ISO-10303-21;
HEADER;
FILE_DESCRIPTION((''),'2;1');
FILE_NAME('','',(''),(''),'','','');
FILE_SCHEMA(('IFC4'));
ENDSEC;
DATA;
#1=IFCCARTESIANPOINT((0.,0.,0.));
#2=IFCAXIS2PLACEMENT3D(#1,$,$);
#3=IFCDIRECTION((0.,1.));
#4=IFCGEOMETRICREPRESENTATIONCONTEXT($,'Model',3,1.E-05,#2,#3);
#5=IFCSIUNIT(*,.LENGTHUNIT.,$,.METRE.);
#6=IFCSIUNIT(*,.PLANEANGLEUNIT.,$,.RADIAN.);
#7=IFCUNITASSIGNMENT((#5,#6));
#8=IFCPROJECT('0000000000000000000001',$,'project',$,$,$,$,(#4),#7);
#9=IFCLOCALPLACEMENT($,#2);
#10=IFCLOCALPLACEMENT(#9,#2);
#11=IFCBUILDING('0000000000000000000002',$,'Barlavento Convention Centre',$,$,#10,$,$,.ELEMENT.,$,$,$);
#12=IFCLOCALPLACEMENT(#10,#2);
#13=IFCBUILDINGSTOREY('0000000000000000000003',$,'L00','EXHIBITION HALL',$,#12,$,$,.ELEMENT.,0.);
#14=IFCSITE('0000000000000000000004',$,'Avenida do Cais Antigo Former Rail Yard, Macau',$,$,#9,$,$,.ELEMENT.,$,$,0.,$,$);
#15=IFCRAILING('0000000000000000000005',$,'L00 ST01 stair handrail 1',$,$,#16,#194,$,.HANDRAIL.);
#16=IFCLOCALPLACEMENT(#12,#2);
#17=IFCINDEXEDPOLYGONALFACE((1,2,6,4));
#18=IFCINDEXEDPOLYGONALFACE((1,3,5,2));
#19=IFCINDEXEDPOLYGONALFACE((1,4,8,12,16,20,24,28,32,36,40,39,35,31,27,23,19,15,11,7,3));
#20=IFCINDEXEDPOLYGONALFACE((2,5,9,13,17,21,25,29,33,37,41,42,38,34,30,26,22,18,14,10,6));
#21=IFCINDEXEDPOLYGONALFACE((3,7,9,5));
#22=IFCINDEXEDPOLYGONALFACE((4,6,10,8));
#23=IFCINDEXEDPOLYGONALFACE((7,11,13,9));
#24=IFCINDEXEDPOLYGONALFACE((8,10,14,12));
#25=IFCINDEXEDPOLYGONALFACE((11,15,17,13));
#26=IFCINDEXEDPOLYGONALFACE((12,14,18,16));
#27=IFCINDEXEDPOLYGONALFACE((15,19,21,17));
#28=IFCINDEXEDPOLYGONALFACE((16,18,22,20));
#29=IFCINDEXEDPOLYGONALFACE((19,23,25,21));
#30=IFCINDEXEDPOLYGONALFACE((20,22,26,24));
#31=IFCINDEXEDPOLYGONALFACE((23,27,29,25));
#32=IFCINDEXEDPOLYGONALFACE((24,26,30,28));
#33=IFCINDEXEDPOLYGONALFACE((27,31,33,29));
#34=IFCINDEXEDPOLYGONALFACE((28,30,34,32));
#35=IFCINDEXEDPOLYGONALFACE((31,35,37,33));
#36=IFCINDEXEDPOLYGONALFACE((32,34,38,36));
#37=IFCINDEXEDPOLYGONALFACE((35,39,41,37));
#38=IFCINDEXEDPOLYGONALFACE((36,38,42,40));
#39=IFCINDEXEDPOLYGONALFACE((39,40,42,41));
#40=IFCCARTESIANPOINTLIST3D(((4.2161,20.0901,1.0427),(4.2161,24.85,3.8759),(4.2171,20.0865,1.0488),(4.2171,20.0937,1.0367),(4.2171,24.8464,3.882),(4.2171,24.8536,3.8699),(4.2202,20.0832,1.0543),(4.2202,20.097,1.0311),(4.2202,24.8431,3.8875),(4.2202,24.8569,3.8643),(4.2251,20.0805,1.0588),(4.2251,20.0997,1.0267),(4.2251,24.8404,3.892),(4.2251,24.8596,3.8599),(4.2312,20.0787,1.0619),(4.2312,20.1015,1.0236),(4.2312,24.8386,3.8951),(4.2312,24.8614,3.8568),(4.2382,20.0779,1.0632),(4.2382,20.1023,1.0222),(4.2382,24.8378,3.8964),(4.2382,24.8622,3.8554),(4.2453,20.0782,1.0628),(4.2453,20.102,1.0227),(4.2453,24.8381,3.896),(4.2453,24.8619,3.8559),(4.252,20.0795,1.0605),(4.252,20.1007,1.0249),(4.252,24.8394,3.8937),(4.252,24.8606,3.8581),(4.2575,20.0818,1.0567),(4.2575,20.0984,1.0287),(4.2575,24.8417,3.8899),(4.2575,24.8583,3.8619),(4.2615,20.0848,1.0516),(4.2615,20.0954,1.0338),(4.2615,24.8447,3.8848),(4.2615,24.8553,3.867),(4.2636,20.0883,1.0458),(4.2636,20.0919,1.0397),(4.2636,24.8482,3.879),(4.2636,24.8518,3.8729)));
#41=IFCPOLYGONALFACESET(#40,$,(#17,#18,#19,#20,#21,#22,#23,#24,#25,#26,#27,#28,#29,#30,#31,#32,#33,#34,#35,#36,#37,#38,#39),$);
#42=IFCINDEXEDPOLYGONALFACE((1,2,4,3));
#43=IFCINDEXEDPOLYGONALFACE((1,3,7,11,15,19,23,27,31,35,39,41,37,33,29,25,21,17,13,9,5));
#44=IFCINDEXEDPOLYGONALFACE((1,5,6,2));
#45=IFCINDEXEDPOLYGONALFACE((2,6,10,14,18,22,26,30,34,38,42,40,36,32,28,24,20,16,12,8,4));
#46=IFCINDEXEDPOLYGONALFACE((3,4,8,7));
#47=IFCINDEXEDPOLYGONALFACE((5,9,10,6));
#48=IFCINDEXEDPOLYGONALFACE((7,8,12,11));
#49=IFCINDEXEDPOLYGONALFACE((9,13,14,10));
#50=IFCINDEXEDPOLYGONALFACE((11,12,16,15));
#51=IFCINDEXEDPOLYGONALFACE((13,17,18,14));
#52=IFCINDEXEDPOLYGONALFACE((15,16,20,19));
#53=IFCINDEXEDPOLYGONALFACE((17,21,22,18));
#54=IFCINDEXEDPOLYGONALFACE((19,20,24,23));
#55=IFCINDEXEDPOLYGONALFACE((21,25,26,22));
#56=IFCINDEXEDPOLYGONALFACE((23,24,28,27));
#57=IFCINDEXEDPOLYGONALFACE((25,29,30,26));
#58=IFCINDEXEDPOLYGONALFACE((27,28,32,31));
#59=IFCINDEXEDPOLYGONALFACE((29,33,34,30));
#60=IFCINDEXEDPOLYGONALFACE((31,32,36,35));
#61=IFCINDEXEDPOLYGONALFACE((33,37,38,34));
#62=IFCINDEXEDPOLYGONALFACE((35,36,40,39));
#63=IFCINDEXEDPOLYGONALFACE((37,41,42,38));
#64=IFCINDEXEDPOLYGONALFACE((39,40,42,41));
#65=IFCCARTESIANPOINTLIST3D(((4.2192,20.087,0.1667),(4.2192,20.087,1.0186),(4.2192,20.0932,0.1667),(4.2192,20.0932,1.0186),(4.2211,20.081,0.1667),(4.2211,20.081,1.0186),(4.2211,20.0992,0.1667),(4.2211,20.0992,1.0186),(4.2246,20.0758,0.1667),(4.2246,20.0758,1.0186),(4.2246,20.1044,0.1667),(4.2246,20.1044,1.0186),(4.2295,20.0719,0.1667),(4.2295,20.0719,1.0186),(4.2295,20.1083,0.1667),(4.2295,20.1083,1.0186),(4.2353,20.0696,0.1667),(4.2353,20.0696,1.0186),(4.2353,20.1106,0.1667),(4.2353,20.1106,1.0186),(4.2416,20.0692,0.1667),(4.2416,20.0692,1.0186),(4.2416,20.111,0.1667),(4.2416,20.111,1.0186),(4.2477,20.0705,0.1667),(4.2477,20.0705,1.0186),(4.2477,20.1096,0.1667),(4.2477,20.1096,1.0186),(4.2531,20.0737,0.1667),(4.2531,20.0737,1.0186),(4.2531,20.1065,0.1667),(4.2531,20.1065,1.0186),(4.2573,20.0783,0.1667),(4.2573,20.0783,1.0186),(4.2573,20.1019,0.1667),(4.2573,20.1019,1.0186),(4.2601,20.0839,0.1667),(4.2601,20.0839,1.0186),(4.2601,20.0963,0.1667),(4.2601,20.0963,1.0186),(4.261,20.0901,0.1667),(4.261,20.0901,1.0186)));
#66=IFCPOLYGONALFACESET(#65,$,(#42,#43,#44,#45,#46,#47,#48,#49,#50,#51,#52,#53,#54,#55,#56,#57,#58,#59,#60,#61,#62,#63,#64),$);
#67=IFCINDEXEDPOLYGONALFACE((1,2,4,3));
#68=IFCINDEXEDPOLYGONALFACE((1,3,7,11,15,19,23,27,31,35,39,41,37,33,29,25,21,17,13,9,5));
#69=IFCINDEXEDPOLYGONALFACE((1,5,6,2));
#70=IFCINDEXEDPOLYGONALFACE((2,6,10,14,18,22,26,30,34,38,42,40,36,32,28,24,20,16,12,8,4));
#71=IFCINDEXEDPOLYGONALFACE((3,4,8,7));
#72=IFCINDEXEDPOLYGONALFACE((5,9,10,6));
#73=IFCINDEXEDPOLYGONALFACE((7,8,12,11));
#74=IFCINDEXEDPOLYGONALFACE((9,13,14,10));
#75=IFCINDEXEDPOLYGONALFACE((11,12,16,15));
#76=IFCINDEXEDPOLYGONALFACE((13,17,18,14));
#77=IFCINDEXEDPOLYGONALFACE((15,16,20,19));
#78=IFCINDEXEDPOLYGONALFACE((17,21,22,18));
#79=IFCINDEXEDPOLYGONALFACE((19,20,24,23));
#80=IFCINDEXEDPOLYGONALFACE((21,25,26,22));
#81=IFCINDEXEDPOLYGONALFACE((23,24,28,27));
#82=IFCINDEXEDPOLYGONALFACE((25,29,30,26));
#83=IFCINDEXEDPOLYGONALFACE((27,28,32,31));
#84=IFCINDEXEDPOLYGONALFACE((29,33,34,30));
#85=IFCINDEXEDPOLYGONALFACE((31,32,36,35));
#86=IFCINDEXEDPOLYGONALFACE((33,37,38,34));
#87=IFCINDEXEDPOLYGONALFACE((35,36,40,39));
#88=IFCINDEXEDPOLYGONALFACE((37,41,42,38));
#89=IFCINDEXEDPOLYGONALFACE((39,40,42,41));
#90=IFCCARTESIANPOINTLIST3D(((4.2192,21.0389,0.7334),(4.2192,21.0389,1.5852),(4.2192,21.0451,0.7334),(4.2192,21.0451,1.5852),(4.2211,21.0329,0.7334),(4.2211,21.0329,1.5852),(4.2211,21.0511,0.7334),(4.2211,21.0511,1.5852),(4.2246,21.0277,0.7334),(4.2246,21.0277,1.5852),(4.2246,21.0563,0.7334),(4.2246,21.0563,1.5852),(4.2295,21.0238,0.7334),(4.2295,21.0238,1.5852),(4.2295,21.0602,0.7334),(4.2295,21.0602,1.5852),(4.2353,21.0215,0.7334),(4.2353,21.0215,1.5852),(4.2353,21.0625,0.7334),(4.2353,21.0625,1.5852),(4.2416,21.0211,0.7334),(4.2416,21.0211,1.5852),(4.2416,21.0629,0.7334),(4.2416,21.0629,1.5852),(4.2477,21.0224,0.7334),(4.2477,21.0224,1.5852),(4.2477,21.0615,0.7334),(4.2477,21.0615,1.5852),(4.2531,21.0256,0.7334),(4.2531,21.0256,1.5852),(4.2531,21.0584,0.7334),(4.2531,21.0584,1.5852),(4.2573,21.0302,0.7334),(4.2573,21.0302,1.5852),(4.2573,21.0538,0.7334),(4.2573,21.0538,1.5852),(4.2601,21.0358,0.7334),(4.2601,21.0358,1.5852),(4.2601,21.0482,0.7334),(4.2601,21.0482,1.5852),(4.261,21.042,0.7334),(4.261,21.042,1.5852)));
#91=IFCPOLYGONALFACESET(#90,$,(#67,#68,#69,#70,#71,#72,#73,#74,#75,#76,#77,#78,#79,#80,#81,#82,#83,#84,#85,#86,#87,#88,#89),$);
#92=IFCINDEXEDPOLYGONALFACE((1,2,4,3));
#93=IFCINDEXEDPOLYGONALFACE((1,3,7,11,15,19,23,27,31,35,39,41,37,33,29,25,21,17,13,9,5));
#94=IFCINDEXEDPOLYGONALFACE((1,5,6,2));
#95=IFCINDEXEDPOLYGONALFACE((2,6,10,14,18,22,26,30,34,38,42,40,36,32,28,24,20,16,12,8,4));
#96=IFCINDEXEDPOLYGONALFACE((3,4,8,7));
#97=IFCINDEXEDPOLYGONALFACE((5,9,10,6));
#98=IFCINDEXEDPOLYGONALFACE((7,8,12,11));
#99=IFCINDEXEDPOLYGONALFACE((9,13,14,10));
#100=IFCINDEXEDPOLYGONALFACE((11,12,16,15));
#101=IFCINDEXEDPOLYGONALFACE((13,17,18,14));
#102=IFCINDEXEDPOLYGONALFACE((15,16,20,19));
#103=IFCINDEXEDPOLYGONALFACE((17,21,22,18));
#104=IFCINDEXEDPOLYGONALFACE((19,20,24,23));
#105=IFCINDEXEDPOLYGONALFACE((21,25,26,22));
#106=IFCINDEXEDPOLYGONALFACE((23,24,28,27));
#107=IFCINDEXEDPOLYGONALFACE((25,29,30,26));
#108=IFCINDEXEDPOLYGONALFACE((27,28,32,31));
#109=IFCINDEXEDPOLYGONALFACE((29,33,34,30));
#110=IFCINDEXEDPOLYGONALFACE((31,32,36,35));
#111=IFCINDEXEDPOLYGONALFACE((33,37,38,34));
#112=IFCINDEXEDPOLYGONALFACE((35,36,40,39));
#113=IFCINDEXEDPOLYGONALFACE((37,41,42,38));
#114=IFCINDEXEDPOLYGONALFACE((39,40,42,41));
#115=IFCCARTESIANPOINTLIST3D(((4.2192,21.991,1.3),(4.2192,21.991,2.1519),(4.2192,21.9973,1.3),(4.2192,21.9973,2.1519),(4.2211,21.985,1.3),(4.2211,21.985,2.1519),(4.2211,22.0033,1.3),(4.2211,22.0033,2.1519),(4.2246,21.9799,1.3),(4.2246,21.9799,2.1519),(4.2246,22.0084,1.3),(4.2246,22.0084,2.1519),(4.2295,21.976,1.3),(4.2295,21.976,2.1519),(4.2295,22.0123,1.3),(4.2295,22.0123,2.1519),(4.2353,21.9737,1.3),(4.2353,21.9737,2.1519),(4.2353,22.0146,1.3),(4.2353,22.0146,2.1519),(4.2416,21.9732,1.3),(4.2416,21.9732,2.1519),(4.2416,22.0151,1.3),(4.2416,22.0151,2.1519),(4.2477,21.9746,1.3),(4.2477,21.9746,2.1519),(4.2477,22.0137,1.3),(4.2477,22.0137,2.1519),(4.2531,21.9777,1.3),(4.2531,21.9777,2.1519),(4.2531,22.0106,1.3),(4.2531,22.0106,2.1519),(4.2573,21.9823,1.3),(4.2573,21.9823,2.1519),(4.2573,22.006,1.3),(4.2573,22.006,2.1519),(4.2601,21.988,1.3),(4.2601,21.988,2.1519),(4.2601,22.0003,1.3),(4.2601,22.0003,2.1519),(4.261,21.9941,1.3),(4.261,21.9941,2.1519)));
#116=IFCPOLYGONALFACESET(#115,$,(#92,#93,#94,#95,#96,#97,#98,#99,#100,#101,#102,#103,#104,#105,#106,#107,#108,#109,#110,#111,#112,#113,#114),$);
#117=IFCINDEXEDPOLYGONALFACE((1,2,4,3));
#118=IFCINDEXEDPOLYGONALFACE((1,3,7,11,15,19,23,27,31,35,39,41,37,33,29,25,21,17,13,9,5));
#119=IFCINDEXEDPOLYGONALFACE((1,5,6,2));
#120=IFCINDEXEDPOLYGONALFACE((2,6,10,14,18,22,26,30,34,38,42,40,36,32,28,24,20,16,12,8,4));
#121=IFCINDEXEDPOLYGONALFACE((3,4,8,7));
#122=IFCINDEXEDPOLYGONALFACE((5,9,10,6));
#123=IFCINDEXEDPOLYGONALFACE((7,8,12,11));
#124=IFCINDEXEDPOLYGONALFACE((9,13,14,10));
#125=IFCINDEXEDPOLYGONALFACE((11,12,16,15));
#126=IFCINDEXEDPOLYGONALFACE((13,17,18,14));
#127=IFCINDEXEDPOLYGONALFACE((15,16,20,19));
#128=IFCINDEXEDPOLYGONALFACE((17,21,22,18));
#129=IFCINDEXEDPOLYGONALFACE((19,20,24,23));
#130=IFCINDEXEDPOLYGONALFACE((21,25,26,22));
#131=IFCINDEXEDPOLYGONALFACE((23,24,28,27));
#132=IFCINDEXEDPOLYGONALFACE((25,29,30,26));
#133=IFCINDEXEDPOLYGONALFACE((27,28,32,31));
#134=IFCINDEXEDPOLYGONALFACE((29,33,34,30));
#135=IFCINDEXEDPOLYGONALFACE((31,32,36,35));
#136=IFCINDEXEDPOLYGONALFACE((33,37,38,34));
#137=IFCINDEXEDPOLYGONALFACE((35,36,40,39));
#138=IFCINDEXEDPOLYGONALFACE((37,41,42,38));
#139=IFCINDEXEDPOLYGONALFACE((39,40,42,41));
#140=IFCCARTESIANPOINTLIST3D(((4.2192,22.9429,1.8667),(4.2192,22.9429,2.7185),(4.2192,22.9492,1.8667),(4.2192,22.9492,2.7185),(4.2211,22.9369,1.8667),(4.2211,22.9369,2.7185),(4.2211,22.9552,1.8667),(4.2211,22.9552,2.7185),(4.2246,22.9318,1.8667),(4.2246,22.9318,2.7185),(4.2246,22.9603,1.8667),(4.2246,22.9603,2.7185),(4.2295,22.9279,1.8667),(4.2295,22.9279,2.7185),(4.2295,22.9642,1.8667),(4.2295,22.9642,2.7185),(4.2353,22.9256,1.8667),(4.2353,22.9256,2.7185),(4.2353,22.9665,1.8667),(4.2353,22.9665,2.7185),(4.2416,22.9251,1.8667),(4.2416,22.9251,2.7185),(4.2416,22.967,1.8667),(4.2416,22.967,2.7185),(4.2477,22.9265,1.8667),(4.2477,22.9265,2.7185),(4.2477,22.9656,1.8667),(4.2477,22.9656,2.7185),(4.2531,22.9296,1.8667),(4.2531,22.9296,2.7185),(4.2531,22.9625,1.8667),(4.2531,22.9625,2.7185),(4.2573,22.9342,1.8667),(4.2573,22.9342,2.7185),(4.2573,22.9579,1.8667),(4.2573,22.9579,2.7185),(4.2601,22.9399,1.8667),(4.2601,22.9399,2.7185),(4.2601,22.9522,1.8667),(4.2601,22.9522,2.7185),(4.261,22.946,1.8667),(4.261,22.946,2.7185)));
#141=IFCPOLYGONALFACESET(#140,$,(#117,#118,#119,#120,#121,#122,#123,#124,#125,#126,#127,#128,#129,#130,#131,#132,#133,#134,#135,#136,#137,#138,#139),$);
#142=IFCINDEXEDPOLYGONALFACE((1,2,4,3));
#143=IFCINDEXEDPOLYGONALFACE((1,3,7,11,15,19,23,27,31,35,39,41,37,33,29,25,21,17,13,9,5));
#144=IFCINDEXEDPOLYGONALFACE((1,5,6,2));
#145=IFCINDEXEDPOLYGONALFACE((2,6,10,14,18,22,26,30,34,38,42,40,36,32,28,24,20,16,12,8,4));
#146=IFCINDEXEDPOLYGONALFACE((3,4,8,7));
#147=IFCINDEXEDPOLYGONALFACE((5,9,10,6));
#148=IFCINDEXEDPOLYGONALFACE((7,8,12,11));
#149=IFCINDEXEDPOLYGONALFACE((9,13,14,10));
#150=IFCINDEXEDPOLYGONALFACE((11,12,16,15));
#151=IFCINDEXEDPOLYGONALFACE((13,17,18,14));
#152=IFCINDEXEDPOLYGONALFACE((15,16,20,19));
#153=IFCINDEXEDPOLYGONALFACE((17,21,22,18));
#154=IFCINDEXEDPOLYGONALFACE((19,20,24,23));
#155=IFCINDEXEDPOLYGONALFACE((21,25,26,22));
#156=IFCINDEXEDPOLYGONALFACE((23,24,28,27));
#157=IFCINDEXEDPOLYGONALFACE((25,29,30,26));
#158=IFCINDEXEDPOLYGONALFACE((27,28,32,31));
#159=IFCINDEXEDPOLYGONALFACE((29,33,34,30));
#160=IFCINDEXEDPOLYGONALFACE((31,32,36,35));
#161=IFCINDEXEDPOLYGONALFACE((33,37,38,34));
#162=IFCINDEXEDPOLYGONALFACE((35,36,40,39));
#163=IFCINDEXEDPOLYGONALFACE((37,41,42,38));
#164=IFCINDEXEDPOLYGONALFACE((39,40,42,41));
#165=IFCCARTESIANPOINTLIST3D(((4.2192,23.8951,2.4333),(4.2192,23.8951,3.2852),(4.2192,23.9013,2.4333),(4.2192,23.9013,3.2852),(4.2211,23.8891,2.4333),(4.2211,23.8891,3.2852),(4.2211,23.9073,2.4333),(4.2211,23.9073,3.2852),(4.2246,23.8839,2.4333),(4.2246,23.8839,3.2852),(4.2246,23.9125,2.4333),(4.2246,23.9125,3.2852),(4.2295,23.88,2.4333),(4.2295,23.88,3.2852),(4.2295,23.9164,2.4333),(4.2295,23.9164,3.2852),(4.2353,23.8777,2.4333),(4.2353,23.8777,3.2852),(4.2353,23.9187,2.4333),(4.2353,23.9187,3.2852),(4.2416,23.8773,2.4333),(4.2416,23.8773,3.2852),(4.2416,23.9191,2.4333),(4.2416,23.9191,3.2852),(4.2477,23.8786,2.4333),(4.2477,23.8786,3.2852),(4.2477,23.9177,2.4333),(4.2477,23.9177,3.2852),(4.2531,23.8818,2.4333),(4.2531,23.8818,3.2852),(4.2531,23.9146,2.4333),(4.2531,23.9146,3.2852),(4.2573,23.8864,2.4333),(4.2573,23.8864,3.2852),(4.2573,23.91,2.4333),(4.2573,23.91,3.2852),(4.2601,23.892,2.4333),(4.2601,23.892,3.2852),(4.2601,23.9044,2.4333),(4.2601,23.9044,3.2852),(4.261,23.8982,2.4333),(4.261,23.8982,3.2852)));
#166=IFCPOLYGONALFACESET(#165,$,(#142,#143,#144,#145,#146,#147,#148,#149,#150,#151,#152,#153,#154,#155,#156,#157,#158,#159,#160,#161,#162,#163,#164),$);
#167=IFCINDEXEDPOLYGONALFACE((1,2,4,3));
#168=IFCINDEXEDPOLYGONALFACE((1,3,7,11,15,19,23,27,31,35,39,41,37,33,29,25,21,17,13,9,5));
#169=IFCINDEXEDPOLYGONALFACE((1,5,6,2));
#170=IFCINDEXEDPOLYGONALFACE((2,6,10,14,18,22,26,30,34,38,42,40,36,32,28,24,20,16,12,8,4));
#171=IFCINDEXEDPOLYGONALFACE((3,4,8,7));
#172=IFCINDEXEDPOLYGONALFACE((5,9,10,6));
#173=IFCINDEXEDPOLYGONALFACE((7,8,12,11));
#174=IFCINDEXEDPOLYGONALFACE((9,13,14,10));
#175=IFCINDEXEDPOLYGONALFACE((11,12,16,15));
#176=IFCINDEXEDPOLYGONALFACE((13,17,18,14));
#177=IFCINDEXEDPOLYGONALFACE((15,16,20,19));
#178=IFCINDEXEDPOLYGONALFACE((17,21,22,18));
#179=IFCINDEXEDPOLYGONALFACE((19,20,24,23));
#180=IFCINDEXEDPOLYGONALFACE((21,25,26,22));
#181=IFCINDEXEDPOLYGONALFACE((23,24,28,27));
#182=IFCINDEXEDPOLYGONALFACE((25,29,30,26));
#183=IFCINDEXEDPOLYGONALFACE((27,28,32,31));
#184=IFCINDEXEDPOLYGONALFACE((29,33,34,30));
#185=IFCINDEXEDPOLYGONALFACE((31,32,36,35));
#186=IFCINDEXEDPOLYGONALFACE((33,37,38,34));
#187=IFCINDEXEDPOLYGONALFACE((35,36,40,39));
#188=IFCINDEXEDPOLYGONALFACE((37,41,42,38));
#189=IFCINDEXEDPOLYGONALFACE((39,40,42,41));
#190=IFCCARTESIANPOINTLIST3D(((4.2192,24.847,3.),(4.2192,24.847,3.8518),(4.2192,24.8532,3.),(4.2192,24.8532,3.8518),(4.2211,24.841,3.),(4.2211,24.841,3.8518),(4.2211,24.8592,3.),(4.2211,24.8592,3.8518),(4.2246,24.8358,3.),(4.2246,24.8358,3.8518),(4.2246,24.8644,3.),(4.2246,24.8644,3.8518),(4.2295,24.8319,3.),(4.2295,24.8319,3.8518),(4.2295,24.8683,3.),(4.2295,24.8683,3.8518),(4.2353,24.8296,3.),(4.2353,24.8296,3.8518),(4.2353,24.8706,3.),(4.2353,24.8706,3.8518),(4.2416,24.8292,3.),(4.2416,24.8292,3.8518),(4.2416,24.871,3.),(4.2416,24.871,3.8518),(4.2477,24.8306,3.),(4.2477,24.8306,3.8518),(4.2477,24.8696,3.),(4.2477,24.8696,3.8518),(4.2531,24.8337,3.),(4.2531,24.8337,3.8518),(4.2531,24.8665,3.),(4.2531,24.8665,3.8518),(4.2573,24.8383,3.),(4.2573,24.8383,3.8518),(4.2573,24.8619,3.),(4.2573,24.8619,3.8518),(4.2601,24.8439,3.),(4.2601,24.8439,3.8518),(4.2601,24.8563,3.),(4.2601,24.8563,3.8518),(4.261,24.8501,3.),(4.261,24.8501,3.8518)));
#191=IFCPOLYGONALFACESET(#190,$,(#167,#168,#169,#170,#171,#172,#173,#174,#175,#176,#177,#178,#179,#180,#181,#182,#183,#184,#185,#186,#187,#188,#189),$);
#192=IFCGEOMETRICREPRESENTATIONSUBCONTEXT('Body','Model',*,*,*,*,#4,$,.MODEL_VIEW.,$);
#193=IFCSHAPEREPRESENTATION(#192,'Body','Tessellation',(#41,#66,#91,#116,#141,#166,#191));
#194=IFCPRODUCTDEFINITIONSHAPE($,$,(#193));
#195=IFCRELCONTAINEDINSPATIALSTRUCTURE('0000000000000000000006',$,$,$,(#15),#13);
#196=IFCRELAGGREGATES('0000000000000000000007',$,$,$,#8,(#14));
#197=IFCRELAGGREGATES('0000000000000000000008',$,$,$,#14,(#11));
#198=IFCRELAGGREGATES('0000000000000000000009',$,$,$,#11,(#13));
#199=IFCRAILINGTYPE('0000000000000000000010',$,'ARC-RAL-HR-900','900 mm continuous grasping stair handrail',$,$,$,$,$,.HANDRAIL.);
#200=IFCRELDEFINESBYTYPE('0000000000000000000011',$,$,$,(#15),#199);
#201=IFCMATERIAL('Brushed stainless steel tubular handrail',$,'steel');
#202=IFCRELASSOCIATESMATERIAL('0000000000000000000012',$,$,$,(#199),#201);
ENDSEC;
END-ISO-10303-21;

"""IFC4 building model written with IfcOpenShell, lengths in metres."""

from ifc_helpers import new_model, si_unit, direction, frame, origin, origin_2d, place, context, subcontext, project, spatial, circle, extrude, material, type_object, element, save


model = new_model("IFC4")

# Units and contexts
model_context = context("Model", 3, precision=1e-05, world=origin(), true_north=direction((0.0, 1.0)))
body_context = subcontext(model_context, "Body", "Model", "MODEL_VIEW")
ifc_project = project(units=[si_unit("LENGTHUNIT", "METRE"), si_unit("PLANEANGLEUNIT", "RADIAN")], contexts=[model_context])

# Site, building, storey
site_placement = place(None, origin())
site = spatial("IfcSite", under=ifc_project, at=site_placement, Name="Avenida do Cais Antigo Former Rail Yard, Macau", CompositionType="ELEMENT", RefElevation=0.0)
building_placement = place(site_placement, origin())
building = spatial("IfcBuilding", under=site, at=building_placement, Name="Barlavento Convention Centre", CompositionType="ELEMENT")
storey_placement = place(building_placement, origin())
storey = spatial("IfcBuildingStorey", under=building, at=storey_placement, Name="L00", Description="EXHIBITION HALL", CompositionType="ELEMENT", Elevation=0.0)

# Railing
ifc_material_1 = material(Name="Brushed stainless steel tubular handrail", Category="steel")
railing_type_1 = type_object("IfcRailingType", Name="ARC-RAL-HR-900", Description="900 mm continuous grasping stair handrail", PredefinedType="HANDRAIL", material=ifc_material_1)
railing_1_placement = place(storey_placement, frame((4.24, 20.0901, 0.1667)))
element("IfcRailing", 1, at=railing_1_placement, inside=storey, type_object=railing_type_1, Name="L00 ST01 stair handrail 1", PredefinedType="HANDRAIL", context=body_context, shape_type="SweptSolid", body=[
    extrude(circle(Radius=0.0239, at=origin_2d()), frame((0.0, 0.0, 0.876), z_axis=(0.0, 0.8593, 0.511472), x_axis=(-1.0, 0.0, 0.0)), (0.0, 0.0, 1.0), 5.5393),
    extrude(circle(Radius=0.021, at=origin_2d()), origin(), (0.0, 0.0, 1.0), 0.8518),
    extrude(circle(Radius=0.021, at=origin_2d()), frame((0.0, 0.9519, 0.5667)), (0.0, 0.0, 1.0), 0.8518),
    extrude(circle(Radius=0.021, at=origin_2d()), frame((0.0, 1.9041, 1.1333)), (0.0, 0.0, 1.0), 0.8518),
    extrude(circle(Radius=0.021, at=origin_2d()), frame((0.0, 2.856, 1.7)), (0.0, 0.0, 1.0), 0.8518),
    extrude(circle(Radius=0.021, at=origin_2d()), frame((0.0, 3.8081, 2.2666)), (0.0, 0.0, 1.0), 0.8518),
    extrude(circle(Radius=0.021, at=origin_2d()), frame((0.0, 4.76, 2.8333)), (0.0, 0.0, 1.0), 0.8518),
])

save(model, "model.ifc")
